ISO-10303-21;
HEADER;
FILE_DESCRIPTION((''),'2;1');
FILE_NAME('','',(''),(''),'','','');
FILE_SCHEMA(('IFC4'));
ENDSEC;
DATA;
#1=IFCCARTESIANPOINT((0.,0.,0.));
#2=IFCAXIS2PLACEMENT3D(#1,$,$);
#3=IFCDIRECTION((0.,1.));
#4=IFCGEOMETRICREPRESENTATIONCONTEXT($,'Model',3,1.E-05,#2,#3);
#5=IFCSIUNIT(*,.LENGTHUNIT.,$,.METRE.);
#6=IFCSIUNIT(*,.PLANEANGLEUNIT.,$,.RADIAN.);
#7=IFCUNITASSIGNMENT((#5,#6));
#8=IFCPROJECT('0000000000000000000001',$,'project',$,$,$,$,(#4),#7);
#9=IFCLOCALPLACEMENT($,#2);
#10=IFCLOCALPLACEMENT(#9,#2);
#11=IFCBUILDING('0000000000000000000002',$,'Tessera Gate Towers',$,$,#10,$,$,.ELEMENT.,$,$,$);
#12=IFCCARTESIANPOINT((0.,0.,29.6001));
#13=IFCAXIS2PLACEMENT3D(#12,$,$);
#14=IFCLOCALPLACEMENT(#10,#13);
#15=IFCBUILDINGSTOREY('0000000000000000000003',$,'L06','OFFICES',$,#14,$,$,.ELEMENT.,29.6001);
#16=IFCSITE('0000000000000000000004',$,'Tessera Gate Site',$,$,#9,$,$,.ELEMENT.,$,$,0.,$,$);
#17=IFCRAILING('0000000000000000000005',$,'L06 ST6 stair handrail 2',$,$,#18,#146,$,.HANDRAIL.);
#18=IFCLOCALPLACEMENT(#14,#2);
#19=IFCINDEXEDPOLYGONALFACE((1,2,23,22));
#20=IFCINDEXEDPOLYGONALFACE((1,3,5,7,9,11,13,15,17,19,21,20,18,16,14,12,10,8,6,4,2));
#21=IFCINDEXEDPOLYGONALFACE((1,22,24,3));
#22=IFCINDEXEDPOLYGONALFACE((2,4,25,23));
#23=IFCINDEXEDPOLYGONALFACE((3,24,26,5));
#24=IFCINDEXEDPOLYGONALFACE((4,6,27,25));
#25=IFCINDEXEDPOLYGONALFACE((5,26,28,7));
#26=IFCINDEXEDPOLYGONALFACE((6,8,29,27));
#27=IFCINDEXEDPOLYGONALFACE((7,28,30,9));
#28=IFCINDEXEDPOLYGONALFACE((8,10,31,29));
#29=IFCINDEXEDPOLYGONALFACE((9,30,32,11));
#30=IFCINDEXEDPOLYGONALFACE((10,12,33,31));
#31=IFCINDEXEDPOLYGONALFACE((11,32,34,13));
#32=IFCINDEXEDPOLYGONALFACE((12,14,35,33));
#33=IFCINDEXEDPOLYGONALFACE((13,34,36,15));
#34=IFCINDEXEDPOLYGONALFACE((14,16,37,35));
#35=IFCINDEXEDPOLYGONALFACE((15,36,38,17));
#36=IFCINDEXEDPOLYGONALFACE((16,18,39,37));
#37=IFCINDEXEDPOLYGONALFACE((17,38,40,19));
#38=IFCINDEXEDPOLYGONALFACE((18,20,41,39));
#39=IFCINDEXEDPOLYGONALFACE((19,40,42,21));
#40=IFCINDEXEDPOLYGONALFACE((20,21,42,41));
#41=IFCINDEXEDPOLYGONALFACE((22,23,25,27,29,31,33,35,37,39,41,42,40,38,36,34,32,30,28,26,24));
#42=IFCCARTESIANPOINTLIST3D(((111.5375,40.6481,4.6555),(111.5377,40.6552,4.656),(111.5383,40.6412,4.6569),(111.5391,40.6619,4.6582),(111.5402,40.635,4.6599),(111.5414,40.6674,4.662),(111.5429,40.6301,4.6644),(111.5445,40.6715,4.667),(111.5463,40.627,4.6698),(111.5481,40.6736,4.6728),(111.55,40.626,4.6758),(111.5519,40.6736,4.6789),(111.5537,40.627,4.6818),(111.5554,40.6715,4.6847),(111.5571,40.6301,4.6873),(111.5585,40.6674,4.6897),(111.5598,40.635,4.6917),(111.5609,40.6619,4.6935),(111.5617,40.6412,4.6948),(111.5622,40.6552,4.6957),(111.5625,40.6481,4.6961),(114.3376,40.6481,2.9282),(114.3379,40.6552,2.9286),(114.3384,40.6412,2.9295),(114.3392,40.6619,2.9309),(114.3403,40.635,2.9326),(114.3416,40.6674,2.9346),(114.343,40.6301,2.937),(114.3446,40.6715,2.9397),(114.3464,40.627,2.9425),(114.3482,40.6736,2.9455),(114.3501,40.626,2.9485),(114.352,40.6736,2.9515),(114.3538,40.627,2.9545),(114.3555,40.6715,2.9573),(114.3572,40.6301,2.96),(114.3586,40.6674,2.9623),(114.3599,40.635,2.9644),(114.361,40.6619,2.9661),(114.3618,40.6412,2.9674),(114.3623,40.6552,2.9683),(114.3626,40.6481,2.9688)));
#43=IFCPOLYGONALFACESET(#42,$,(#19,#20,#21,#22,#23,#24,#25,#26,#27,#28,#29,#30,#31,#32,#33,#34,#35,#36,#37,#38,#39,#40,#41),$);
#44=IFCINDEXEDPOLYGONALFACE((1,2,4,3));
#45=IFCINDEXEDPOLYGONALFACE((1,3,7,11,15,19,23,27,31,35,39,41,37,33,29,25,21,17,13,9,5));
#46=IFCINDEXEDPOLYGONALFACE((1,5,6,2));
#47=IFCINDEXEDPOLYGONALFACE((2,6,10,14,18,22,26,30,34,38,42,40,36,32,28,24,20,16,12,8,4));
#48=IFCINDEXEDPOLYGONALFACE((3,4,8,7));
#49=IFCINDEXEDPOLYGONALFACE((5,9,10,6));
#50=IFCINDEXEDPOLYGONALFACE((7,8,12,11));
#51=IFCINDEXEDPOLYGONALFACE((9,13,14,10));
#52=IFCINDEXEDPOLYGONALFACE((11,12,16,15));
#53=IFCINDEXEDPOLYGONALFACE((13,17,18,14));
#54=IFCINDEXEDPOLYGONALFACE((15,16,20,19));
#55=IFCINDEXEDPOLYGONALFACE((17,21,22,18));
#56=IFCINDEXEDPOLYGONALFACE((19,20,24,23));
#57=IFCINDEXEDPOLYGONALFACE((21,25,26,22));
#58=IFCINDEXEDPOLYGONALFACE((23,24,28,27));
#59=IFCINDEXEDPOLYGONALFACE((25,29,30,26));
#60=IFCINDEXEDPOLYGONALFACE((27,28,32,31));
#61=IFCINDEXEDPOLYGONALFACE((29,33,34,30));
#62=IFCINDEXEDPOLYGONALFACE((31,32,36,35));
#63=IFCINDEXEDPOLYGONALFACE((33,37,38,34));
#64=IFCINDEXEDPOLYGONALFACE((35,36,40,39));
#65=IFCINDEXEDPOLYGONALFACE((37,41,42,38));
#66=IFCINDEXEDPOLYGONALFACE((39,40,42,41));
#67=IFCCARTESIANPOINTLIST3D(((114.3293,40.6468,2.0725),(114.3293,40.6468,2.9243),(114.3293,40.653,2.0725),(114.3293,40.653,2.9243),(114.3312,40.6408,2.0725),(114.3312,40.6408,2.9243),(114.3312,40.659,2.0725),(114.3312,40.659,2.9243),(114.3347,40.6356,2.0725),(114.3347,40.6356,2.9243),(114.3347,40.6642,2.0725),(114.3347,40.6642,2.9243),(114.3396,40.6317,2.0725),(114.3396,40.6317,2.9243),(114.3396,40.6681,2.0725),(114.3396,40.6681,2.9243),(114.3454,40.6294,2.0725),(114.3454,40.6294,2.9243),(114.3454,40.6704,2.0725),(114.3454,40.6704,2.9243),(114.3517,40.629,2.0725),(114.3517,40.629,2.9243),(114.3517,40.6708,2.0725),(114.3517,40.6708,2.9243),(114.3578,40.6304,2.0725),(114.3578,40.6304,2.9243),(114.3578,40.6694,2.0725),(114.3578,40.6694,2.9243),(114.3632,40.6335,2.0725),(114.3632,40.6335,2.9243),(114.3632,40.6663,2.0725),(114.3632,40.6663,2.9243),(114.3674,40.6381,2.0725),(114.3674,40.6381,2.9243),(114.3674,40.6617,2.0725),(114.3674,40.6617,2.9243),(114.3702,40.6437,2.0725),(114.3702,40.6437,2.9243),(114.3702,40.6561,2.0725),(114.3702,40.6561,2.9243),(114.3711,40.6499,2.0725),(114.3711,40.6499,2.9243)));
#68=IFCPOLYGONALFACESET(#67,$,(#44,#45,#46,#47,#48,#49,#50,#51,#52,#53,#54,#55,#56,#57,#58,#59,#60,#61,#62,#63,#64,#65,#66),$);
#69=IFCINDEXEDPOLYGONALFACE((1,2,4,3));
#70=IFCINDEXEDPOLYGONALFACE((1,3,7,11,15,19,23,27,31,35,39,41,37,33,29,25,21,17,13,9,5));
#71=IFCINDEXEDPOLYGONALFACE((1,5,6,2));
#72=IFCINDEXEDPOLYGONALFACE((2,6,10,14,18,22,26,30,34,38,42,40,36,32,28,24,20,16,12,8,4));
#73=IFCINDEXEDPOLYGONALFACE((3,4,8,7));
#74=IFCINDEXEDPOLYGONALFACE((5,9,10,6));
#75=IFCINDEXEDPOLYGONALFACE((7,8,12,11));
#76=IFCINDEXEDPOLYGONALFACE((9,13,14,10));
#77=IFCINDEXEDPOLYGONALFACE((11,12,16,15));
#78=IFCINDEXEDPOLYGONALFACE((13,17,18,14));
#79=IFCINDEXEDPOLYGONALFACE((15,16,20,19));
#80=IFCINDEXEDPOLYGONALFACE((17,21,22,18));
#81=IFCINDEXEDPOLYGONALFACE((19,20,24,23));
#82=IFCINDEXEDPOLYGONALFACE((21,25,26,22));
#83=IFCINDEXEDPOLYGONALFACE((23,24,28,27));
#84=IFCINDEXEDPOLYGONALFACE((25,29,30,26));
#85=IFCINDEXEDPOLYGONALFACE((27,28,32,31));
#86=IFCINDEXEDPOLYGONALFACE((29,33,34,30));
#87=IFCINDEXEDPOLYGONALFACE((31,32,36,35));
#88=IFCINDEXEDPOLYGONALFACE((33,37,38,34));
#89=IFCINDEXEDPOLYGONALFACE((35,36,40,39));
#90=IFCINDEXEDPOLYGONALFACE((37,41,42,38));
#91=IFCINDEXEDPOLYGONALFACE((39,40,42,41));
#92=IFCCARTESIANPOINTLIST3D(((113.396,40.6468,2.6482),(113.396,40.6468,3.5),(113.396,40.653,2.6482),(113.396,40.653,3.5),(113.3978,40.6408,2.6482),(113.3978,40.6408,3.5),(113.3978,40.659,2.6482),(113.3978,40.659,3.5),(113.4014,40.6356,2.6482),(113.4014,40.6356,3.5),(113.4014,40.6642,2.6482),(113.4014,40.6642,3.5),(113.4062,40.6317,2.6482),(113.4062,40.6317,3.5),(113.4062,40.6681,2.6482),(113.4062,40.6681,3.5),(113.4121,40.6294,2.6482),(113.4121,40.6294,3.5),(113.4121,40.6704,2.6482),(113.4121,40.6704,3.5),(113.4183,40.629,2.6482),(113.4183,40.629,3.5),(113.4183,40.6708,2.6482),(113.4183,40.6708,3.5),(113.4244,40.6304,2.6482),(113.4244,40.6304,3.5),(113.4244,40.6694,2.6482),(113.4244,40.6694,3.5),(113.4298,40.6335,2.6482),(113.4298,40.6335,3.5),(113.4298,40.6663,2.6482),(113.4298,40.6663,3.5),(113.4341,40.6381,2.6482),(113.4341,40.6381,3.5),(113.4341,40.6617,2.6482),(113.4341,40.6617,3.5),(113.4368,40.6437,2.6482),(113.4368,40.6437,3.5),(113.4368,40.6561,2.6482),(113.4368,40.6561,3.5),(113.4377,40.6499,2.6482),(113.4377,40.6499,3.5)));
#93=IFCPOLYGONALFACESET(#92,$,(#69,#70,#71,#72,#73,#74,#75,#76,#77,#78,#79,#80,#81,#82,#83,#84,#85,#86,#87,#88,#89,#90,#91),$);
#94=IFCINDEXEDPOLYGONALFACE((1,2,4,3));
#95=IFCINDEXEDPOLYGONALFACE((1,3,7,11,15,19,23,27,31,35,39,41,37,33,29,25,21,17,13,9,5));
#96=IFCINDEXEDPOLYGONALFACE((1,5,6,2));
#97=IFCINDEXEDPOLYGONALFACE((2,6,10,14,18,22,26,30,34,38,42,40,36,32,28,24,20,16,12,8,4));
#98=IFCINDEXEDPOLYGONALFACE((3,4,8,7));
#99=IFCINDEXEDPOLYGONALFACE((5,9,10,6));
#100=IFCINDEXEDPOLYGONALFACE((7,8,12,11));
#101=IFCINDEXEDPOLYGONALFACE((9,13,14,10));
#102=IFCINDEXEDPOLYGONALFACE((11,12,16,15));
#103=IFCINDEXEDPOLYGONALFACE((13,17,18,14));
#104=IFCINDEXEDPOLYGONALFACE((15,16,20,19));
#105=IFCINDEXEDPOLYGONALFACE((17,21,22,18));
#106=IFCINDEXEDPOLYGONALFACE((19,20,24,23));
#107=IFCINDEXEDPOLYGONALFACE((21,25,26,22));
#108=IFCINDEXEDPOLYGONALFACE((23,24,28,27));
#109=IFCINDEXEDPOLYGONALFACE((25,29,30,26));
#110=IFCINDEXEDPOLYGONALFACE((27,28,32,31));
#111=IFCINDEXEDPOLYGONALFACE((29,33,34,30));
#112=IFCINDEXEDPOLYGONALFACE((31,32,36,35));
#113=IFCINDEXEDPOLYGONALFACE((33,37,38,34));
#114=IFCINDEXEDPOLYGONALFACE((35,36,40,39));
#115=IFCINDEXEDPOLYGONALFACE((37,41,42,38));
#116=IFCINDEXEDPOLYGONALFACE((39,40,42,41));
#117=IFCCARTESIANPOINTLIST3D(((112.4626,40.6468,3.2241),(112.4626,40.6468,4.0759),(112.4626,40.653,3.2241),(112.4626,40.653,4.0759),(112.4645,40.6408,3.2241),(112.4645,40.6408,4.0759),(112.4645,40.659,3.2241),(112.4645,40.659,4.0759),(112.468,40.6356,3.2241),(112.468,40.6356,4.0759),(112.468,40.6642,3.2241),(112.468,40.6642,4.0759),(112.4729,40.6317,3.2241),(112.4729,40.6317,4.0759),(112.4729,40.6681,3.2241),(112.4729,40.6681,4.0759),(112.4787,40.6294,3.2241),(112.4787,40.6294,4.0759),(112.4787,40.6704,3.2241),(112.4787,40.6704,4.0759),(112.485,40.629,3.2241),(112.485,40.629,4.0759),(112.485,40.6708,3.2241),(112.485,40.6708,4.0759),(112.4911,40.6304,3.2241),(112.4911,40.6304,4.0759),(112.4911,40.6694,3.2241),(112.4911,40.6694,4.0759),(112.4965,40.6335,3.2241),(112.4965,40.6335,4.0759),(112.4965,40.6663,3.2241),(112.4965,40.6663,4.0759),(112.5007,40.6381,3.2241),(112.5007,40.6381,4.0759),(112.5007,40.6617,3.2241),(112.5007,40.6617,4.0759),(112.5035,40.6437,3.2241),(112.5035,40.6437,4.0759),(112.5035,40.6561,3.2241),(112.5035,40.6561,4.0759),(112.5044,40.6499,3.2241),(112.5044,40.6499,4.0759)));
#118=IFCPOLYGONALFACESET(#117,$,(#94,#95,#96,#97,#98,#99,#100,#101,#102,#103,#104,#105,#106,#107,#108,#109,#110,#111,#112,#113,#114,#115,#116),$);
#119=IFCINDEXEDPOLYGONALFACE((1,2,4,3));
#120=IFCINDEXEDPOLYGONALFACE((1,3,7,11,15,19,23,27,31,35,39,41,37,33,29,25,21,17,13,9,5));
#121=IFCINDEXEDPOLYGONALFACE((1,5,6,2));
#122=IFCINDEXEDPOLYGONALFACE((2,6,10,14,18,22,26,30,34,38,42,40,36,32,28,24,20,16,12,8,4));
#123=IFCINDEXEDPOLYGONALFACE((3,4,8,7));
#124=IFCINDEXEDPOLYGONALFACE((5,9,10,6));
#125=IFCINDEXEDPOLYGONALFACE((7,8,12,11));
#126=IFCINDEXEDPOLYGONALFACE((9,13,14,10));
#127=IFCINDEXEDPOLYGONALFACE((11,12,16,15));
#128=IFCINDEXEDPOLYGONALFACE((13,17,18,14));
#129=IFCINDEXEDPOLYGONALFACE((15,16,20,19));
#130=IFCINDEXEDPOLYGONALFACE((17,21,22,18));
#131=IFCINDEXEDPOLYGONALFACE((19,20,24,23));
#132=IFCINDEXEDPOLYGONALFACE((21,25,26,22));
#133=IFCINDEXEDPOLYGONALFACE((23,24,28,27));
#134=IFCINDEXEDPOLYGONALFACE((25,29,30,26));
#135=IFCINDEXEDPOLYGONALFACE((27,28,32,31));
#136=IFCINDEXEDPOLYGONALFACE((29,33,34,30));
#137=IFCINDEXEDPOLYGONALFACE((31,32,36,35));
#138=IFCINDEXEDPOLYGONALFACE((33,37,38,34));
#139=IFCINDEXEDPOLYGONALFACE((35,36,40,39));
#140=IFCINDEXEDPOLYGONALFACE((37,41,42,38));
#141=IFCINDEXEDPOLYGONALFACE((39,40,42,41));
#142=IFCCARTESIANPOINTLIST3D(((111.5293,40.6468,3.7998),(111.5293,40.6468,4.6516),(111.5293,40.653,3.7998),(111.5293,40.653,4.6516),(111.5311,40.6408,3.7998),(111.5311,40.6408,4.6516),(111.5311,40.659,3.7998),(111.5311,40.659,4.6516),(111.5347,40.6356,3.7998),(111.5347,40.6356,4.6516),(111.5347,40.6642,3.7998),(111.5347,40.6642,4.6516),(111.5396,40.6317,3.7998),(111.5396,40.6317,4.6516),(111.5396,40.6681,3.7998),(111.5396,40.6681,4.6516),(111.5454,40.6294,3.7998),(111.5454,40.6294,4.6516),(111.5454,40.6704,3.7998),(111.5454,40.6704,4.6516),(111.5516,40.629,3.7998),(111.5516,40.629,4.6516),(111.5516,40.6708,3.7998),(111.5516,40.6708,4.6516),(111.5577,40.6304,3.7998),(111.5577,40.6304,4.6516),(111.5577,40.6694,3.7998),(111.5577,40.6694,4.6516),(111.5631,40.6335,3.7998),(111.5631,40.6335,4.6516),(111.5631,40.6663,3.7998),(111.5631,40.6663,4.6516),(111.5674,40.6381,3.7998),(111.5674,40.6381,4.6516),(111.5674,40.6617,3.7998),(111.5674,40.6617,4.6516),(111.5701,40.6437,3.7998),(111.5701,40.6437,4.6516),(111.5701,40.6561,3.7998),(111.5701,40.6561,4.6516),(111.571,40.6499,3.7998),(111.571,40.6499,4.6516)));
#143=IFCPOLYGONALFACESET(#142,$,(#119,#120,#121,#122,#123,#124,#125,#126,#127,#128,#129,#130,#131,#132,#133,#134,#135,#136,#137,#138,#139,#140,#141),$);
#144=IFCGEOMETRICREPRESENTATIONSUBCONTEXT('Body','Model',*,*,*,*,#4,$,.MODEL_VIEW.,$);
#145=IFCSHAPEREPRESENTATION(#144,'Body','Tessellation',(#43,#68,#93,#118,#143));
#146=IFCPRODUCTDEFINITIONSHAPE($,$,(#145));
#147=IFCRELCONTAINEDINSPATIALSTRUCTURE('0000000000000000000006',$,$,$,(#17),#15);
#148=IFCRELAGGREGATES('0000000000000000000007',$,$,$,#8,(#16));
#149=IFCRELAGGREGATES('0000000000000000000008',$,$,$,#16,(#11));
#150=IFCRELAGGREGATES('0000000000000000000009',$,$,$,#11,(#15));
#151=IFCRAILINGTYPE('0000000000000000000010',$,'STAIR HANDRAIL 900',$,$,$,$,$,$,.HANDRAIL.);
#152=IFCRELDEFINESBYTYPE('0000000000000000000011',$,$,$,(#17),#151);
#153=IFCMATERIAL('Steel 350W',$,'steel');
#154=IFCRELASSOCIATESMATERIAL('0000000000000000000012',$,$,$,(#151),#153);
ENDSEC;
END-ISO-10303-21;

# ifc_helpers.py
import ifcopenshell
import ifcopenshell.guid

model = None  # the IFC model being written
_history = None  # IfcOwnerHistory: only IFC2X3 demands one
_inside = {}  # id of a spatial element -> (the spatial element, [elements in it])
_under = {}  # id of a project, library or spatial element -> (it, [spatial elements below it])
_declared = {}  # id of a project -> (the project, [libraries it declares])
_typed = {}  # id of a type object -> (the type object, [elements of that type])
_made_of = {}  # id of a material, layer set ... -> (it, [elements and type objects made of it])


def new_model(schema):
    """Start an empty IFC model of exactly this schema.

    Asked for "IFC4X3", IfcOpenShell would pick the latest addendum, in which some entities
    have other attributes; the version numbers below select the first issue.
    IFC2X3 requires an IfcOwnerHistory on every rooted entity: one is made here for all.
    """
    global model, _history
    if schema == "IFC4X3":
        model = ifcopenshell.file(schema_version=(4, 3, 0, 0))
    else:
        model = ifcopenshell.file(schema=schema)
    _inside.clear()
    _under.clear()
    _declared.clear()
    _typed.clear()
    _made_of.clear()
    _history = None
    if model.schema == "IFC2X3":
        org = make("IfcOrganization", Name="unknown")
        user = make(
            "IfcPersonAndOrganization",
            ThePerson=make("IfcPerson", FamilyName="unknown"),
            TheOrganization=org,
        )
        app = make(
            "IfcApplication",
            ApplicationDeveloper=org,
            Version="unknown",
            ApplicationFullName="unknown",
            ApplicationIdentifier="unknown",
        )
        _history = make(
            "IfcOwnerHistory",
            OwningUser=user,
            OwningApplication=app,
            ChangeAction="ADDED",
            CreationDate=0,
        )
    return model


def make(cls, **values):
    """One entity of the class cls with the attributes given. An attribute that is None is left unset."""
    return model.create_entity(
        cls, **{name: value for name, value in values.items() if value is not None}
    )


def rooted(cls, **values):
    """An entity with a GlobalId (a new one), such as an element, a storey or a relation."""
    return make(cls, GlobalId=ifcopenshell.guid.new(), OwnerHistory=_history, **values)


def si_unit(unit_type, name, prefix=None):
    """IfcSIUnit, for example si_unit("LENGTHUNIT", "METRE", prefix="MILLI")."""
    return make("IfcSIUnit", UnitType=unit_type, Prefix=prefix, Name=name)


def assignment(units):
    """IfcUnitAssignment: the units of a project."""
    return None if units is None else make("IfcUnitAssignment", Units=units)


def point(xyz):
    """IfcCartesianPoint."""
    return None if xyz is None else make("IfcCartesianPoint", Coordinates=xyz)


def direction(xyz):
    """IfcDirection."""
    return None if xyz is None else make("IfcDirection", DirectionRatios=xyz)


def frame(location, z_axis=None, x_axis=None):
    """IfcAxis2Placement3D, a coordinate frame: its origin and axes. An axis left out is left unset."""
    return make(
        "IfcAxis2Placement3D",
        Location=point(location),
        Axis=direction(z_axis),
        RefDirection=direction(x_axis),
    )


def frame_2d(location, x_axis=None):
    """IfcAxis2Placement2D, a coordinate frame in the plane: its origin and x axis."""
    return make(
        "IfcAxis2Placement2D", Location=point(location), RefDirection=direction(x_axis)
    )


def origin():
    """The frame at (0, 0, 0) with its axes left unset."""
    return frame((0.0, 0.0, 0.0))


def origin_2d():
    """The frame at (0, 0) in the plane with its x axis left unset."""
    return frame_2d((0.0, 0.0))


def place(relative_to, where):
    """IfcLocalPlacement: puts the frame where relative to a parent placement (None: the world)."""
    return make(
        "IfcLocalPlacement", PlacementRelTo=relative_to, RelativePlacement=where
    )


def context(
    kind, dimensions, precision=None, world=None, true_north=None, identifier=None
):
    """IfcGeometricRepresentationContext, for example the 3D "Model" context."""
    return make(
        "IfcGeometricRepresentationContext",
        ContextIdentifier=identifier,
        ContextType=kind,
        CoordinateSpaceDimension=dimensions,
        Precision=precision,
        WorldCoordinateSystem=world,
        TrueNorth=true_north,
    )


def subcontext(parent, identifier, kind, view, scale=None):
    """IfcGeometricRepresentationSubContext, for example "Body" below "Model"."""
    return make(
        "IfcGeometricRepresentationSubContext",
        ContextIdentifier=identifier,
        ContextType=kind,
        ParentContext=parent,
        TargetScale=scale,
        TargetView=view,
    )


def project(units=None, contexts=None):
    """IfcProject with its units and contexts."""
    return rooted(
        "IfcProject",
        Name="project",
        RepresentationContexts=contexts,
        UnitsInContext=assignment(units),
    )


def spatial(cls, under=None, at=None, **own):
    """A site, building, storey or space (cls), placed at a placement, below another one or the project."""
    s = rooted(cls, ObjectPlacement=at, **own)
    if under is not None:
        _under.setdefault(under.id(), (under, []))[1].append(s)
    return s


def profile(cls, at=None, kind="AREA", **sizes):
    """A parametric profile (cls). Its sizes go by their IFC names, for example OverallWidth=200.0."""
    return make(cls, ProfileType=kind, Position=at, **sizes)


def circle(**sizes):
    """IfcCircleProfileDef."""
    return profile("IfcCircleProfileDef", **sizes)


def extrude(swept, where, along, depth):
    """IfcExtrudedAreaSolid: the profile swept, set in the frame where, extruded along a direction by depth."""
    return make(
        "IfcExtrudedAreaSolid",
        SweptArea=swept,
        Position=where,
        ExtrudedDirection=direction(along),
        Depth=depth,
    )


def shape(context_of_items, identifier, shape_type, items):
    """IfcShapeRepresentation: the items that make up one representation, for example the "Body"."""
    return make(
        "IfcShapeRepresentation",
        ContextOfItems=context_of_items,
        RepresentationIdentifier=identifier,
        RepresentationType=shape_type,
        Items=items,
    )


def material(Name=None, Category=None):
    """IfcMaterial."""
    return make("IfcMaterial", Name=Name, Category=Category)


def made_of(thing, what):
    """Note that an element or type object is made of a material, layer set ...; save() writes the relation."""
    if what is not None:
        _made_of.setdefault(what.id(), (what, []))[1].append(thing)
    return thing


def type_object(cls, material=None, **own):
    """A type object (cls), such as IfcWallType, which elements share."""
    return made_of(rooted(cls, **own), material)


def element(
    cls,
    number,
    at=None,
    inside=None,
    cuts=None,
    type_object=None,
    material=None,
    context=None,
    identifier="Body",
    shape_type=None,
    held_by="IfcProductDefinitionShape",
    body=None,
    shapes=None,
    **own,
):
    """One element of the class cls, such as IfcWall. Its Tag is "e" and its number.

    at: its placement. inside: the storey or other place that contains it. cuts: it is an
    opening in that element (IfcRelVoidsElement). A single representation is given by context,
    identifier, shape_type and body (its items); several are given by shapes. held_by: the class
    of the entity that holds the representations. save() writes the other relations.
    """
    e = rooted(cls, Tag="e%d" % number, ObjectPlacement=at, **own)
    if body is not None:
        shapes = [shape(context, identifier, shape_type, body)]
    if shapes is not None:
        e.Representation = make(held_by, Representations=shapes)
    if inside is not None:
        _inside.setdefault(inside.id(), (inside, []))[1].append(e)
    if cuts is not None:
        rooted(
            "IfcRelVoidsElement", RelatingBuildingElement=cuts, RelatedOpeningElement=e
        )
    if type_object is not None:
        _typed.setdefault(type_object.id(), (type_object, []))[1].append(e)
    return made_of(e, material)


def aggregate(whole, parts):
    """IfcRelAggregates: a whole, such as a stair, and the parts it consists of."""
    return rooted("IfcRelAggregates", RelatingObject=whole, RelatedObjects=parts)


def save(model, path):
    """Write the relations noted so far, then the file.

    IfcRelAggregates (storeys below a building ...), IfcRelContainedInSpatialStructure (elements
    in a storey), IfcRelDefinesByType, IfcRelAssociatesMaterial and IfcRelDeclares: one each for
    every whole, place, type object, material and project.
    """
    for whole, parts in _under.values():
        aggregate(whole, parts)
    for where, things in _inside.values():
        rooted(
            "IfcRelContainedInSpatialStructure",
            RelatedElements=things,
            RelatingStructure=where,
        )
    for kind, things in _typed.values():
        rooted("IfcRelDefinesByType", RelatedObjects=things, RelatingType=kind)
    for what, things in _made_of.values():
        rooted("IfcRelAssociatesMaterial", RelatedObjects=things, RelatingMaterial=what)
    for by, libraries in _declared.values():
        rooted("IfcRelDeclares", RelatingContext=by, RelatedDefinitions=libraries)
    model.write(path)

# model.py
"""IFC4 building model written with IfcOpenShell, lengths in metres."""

from ifc_helpers import new_model, si_unit, direction, frame, origin, origin_2d, place, context, subcontext, project, spatial, circle, extrude, material, type_object, element, save


model = new_model("IFC4")

# Units and contexts
model_context = context("Model", 3, precision=1e-05, world=origin(), true_north=direction((0.0, 1.0)))
body_context = subcontext(model_context, "Body", "Model", "MODEL_VIEW")
ifc_project = project(units=[si_unit("LENGTHUNIT", "METRE"), si_unit("PLANEANGLEUNIT", "RADIAN")], contexts=[model_context])

# Site, building, storey
site_placement = place(None, origin())
site = spatial("IfcSite", under=ifc_project, at=site_placement, Name="Tessera Gate Site", CompositionType="ELEMENT", RefElevation=0.0)
building_placement = place(site_placement, origin())
building = spatial("IfcBuilding", under=site, at=building_placement, Name="Tessera Gate Towers", CompositionType="ELEMENT")
storey_placement = place(building_placement, frame((0.0, 0.0, 29.6001)))
storey = spatial("IfcBuildingStorey", under=building, at=storey_placement, Name="L06", Description="OFFICES", CompositionType="ELEMENT", Elevation=29.6001)

# Railing
ifc_material_1 = material(Name="Steel 350W", Category="steel")
railing_type = type_object("IfcRailingType", Name="STAIR HANDRAIL 900", PredefinedType="HANDRAIL", material=ifc_material_1)
railing_placement = place(storey_placement, frame((114.3501, 40.6499, 2.0725)))
element("IfcRailing", 1, at=railing_placement, inside=storey, type_object=railing_type, Name="L06 ST6 stair handrail 2", PredefinedType="HANDRAIL", context=body_context, shape_type="SweptSolid", body=[
    extrude(circle(Radius=0.0239, at=origin_2d()), frame((0.0, 0.0, 0.876), z_axis=(-0.85109, 0.0, 0.52502), x_axis=(0.0, -1.0, 0.0)), (0.0, 0.0, 1.0), 3.29),
    extrude(circle(Radius=0.021, at=origin_2d()), origin(), (0.0, 0.0, 1.0), 0.8518),
    extrude(circle(Radius=0.021, at=origin_2d()), frame((-0.9333, 0.0, 0.5757)), (0.0, 0.0, 1.0), 0.8518),
    extrude(circle(Radius=0.021, at=origin_2d()), frame((-1.8667, 0.0, 1.1516)), (0.0, 0.0, 1.0), 0.8518),
    extrude(circle(Radius=0.021, at=origin_2d()), frame((-2.8, 0.0, 1.7273)), (0.0, 0.0, 1.0), 0.8518),
])

save(model, "model.ifc")
